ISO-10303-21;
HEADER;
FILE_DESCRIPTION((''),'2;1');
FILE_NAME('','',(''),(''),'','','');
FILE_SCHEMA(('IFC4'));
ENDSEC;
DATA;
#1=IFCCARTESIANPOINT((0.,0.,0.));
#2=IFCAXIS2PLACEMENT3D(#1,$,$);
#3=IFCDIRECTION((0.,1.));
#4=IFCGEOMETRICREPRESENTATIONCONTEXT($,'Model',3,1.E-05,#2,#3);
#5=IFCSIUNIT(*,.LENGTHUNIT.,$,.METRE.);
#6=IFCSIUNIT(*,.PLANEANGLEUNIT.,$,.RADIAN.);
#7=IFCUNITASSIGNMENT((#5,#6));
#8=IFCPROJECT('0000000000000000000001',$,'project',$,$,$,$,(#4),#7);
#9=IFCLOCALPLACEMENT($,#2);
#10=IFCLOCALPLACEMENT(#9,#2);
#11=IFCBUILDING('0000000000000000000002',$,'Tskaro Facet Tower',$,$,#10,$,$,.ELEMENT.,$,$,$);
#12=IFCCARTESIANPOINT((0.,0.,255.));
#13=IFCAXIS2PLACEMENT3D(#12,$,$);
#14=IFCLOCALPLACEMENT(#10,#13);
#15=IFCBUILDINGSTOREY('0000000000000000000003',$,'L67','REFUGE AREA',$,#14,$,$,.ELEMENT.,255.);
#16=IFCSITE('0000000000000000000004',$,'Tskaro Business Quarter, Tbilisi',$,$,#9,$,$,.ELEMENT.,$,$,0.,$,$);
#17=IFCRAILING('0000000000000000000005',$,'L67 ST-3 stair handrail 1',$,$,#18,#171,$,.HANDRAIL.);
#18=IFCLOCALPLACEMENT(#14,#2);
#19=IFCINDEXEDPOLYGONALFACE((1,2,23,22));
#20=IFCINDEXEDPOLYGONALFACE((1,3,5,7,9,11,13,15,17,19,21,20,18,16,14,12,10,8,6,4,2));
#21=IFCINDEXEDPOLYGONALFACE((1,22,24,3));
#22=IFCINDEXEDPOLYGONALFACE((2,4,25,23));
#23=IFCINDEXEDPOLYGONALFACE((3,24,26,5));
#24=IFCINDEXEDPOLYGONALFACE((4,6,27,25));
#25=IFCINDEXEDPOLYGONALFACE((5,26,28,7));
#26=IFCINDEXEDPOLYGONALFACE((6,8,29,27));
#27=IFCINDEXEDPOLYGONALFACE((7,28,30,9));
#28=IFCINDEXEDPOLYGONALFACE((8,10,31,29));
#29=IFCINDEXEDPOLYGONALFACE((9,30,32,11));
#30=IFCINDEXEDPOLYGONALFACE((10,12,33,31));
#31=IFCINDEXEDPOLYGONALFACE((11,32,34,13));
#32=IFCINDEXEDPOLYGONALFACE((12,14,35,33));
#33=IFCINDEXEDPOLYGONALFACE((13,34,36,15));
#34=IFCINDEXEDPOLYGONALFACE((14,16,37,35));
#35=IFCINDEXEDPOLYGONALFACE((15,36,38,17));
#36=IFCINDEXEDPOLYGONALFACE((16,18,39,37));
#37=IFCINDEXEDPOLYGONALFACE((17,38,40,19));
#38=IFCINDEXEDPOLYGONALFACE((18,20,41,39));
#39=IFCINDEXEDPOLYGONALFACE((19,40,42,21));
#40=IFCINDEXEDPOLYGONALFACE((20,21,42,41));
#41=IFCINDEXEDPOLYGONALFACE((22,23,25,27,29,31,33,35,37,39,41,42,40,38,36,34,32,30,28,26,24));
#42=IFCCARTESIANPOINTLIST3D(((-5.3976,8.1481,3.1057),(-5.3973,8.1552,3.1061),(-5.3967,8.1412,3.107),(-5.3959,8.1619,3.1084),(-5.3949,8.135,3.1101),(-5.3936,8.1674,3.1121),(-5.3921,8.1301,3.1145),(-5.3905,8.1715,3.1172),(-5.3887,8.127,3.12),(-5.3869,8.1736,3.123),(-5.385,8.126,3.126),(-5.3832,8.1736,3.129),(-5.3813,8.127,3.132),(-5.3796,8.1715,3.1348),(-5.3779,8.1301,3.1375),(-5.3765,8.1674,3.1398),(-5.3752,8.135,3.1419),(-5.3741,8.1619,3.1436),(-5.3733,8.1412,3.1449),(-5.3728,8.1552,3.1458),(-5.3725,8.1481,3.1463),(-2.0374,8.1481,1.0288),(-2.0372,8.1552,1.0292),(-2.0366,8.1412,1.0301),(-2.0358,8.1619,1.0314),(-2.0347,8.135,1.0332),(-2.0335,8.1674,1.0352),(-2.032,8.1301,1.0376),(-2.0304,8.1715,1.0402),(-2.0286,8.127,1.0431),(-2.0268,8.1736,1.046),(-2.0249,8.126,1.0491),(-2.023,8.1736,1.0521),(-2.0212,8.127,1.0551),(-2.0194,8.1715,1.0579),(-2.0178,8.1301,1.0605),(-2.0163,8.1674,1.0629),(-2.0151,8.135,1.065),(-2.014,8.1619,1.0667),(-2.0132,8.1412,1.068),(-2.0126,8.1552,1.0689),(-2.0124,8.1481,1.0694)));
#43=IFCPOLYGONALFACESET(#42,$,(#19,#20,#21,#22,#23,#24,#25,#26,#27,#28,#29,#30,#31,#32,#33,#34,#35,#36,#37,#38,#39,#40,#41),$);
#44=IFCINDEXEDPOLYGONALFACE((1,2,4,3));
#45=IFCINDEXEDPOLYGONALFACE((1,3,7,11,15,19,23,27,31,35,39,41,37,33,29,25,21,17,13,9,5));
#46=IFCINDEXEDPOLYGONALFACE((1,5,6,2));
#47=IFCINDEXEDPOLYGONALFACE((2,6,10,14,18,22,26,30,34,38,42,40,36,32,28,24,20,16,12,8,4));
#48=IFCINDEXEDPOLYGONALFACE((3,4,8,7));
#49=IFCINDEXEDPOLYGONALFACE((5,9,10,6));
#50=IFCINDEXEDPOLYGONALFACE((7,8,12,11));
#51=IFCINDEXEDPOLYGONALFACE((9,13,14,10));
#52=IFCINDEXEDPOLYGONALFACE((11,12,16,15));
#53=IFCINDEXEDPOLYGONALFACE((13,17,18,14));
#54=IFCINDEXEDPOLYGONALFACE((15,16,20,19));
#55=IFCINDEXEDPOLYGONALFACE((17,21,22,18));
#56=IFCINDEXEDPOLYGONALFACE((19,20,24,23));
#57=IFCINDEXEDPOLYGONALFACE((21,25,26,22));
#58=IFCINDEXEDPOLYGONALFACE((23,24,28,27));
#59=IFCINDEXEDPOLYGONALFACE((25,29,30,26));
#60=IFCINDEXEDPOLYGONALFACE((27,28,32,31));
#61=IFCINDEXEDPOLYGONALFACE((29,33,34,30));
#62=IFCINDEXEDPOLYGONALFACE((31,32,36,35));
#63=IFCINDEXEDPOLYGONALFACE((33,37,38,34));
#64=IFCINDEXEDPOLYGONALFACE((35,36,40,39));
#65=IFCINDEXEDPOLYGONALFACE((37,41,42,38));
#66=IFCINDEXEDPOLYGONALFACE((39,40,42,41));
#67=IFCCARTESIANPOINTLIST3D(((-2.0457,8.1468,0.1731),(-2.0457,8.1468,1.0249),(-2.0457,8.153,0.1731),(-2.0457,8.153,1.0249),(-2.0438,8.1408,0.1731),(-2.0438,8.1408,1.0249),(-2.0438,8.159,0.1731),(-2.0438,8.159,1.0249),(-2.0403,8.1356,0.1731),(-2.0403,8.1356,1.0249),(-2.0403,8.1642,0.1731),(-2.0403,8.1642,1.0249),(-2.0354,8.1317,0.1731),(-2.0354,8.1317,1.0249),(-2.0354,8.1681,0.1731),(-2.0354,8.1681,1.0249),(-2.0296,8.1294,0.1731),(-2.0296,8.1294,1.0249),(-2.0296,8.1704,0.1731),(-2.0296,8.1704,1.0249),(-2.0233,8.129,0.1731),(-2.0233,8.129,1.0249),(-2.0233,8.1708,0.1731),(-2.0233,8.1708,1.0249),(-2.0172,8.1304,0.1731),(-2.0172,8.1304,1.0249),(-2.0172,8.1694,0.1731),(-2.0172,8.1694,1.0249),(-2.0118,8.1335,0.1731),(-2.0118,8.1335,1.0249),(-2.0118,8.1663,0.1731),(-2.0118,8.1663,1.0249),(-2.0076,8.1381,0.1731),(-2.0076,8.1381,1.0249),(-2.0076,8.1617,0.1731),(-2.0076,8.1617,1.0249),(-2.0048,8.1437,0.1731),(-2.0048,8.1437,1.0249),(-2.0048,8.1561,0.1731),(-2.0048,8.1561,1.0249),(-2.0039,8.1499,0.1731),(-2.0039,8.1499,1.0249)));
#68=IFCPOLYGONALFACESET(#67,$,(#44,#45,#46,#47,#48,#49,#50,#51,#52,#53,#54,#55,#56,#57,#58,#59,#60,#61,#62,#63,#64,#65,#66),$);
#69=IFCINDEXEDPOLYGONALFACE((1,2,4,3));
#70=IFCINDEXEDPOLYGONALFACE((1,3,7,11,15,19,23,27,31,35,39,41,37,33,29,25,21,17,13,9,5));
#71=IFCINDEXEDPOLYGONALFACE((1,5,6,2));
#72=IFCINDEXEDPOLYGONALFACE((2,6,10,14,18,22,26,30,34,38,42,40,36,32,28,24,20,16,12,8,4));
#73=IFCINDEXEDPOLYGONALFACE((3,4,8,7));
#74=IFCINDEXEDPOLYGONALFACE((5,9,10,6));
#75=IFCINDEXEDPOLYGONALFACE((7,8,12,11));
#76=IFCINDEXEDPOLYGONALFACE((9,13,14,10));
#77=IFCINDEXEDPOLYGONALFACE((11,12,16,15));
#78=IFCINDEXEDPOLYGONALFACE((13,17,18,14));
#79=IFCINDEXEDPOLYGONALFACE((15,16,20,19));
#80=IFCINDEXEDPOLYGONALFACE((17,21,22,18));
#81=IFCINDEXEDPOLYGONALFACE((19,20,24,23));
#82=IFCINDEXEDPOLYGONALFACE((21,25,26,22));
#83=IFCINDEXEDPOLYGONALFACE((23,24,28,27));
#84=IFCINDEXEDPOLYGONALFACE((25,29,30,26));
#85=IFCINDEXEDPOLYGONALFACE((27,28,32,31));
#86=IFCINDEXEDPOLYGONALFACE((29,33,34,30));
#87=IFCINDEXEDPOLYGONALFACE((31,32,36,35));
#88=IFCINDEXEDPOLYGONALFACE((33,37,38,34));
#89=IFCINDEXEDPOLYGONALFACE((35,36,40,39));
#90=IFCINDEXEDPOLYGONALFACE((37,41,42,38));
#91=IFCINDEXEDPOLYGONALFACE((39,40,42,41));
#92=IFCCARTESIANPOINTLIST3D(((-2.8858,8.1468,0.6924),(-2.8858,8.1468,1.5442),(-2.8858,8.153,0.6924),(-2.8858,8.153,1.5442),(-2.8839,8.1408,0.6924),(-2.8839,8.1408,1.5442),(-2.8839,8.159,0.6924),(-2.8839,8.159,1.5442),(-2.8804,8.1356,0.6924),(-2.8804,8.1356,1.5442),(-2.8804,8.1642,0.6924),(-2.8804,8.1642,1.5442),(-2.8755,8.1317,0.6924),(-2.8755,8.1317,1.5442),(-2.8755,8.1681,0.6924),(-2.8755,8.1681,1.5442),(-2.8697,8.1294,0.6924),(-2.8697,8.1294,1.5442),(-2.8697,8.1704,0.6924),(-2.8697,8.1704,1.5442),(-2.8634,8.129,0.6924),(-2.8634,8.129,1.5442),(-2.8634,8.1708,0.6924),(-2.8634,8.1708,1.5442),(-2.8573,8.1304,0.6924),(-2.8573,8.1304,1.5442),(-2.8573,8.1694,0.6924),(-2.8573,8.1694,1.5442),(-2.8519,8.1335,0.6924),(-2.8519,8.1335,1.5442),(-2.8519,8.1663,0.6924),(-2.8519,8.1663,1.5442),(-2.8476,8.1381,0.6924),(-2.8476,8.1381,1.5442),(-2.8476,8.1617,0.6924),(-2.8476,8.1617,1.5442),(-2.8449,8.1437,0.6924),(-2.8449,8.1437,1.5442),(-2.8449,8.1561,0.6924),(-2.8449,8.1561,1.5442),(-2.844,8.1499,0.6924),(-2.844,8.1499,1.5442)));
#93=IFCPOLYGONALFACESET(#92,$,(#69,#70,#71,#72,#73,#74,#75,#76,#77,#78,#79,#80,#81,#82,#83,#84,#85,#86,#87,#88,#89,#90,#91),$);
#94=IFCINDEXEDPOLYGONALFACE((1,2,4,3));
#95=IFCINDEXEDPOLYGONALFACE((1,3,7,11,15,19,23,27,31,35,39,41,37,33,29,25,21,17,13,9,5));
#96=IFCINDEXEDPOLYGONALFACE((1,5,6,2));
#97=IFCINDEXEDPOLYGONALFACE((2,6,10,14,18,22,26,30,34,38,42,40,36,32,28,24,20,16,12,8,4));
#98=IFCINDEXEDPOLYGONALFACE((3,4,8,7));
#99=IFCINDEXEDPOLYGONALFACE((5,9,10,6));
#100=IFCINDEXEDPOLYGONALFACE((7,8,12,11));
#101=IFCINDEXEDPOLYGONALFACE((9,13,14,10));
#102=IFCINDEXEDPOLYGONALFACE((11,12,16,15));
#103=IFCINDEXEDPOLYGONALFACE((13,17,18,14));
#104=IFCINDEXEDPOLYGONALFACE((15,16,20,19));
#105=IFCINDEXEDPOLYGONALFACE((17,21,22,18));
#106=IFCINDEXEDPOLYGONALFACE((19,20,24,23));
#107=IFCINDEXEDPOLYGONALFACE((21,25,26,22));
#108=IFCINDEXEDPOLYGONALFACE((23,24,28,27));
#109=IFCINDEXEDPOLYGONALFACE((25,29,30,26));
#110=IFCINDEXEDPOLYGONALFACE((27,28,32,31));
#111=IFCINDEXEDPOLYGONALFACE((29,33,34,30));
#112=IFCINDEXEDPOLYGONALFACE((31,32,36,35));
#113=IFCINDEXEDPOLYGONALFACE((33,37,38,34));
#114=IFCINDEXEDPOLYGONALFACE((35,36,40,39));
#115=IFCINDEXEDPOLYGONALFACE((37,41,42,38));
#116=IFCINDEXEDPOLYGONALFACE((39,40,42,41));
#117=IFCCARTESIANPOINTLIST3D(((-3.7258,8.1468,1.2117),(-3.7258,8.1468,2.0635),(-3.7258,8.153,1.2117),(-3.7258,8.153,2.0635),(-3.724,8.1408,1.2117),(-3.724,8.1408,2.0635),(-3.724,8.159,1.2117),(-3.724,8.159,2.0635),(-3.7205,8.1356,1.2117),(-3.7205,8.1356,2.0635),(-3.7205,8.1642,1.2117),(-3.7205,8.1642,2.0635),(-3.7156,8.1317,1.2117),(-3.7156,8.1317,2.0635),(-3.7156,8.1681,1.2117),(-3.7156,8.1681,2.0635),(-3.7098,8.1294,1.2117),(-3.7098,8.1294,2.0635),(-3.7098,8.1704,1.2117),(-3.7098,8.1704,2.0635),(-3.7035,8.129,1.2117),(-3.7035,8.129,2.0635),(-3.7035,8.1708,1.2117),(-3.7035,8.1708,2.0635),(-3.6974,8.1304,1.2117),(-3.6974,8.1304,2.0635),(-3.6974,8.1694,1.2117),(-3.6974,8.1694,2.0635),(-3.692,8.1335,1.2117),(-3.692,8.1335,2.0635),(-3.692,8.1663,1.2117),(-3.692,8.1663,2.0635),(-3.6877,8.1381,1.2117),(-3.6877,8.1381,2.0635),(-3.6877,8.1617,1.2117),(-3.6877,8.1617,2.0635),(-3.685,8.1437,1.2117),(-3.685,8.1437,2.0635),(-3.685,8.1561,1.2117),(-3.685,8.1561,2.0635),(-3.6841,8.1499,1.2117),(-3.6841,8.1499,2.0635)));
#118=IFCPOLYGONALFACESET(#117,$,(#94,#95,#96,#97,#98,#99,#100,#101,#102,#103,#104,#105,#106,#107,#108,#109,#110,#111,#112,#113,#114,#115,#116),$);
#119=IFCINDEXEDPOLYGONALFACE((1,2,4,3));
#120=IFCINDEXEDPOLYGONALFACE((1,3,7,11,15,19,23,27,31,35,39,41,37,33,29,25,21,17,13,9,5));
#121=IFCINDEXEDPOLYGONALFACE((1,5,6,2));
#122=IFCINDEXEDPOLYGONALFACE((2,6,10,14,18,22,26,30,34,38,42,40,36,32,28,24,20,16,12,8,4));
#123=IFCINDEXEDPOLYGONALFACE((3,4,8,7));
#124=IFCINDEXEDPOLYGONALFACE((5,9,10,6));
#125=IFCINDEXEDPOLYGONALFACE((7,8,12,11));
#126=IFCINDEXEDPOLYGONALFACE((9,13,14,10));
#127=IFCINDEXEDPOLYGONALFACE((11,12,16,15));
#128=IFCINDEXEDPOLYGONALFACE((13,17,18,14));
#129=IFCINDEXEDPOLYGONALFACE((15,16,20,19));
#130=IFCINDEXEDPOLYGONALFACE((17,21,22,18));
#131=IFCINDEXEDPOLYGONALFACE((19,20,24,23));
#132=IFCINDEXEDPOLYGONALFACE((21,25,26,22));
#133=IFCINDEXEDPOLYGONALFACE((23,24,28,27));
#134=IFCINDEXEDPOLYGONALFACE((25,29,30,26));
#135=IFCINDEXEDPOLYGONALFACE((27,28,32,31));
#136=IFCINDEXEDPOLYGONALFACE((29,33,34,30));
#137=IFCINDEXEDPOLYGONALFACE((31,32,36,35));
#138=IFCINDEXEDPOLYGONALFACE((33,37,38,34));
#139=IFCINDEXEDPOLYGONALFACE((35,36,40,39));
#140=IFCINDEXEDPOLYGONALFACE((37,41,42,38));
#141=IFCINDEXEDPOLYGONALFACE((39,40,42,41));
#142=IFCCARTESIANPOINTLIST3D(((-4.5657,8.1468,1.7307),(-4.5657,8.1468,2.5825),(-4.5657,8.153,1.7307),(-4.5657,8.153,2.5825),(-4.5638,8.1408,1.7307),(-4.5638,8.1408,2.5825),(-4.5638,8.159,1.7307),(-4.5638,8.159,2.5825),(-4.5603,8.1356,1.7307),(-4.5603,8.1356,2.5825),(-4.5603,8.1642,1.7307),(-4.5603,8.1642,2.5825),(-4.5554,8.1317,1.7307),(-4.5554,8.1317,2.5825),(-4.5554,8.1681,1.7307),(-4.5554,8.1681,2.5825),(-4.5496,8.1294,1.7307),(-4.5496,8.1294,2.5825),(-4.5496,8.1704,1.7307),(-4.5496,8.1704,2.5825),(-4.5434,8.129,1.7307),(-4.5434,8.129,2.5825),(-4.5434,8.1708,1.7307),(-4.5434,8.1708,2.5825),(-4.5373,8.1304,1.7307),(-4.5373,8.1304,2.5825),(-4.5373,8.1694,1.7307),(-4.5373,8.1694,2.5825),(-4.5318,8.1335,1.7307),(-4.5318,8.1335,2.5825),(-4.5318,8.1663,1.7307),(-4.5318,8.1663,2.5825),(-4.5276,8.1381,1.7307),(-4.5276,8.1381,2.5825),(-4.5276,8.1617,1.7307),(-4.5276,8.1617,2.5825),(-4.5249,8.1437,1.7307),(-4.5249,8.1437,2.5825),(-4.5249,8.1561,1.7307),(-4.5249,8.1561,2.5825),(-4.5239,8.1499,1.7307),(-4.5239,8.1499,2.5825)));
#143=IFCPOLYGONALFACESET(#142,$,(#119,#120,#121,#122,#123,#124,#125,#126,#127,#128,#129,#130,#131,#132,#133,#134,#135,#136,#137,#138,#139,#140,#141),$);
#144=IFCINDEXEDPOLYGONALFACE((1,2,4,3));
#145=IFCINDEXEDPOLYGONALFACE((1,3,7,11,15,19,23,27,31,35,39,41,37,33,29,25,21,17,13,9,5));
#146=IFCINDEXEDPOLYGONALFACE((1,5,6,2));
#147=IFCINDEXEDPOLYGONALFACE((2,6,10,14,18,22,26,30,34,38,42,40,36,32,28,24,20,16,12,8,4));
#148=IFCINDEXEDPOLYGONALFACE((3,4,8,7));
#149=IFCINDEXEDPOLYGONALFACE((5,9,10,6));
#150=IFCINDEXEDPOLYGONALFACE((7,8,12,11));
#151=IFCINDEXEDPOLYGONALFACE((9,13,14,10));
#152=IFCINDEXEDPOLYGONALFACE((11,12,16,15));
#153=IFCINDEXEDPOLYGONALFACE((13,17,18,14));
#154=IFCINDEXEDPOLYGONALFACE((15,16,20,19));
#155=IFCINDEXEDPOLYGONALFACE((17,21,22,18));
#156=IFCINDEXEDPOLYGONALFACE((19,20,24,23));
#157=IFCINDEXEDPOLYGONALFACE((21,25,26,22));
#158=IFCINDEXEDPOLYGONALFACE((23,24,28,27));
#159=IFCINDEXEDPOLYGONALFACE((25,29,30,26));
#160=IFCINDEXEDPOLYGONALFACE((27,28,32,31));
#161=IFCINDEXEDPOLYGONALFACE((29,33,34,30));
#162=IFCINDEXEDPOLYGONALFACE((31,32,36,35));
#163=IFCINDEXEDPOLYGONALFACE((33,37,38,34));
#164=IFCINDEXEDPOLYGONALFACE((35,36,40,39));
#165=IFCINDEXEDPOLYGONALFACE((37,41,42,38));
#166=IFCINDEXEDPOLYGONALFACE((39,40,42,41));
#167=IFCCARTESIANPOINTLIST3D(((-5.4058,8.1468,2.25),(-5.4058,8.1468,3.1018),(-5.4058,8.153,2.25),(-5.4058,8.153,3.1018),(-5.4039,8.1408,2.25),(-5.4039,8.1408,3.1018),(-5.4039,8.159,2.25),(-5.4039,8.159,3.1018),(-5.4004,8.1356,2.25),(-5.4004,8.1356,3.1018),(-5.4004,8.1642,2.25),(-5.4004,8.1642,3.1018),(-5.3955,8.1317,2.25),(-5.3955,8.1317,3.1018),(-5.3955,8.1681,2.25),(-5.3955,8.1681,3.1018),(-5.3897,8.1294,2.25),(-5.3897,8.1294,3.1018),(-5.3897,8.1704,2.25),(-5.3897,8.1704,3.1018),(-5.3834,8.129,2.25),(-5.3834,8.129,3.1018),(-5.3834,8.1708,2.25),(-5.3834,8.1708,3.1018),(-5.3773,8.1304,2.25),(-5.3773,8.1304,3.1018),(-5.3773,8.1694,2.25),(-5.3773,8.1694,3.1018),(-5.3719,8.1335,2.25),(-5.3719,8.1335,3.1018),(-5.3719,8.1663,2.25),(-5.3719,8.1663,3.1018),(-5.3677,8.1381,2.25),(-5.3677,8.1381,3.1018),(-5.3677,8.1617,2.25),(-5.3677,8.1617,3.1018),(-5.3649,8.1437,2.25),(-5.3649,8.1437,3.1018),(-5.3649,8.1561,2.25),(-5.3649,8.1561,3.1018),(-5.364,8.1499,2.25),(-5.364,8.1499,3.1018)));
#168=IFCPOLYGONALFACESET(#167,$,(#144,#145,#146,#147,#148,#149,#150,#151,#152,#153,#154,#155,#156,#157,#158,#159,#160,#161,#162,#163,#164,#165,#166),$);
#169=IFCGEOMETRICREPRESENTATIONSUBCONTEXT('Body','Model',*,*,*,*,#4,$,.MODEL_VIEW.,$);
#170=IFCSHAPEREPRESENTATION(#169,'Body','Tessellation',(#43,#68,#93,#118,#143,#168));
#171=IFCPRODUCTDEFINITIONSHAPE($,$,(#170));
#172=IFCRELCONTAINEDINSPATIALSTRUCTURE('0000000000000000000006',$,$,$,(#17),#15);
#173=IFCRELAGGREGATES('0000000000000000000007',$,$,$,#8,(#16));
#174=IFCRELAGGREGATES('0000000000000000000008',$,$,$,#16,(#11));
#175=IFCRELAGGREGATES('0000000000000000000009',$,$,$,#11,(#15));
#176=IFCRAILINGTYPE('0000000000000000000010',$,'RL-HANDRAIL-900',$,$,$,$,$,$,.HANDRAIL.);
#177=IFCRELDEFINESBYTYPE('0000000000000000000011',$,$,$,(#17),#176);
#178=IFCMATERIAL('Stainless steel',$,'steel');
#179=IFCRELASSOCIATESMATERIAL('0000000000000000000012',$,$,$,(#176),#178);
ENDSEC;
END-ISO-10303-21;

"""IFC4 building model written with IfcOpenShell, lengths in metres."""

from ifc_helpers import new_model, si_unit, direction, frame, origin, origin_2d, place, context, subcontext, project, spatial, circle, extrude, material, type_object, element, save


model = new_model("IFC4")

# Units and contexts
model_context = context("Model", 3, precision=1e-05, world=origin(), true_north=direction((0.0, 1.0)))
body_context = subcontext(model_context, "Body", "Model", "MODEL_VIEW")
ifc_project = project(units=[si_unit("LENGTHUNIT", "METRE"), si_unit("PLANEANGLEUNIT", "RADIAN")], contexts=[model_context])

# Site, building, storey
site_placement = place(None, origin())
site = spatial("IfcSite", under=ifc_project, at=site_placement, Name="Tskaro Business Quarter, Tbilisi", CompositionType="ELEMENT", RefElevation=0.0)
building_placement = place(site_placement, origin())
building = spatial("IfcBuilding", under=site, at=building_placement, Name="Tskaro Facet Tower", CompositionType="ELEMENT")
storey_placement = place(building_placement, frame((0.0, 0.0, 255.0)))
storey = spatial("IfcBuildingStorey", under=building, at=storey_placement, Name="L67", Description="REFUGE AREA", CompositionType="ELEMENT", Elevation=255.0)

# Railing
ifc_material_1 = material(Name="Stainless steel", Category="steel")
railing_type_1 = type_object("IfcRailingType", Name="RL-HANDRAIL-900", PredefinedType="HANDRAIL", material=ifc_material_1)
railing_1_placement = place(storey_placement, frame((-2.0249, 8.1499, 0.1731)))
element("IfcRailing", 1, at=railing_1_placement, inside=storey, type_object=railing_type_1, Name="L67 ST-3 stair handrail 1", PredefinedType="HANDRAIL", context=body_context, shape_type="SweptSolid", body=[
    extrude(circle(Radius=0.0239, at=origin_2d()), frame((0.0, 0.0, 0.876), z_axis=(-0.850623, 0.0, 0.525776), x_axis=(0.0, -1.0, 0.0)), (0.0, 0.0, 1.0), 3.9502),
    extrude(circle(Radius=0.021, at=origin_2d()), origin(), (0.0, 0.0, 1.0), 0.8518),
    extrude(circle(Radius=0.021, at=origin_2d()), frame((-0.8401, 0.0, 0.5193)), (0.0, 0.0, 1.0), 0.8518),
    extrude(circle(Radius=0.021, at=origin_2d()), frame((-1.6802, 0.0, 1.0386)), (0.0, 0.0, 1.0), 0.8518),
    extrude(circle(Radius=0.021, at=origin_2d()), frame((-2.52, 0.0, 1.5576)), (0.0, 0.0, 1.0), 0.8518),
    extrude(circle(Radius=0.021, at=origin_2d()), frame((-3.3601, 0.0, 2.0769)), (0.0, 0.0, 1.0), 0.8518),
])

save(model, "model.ifc")
